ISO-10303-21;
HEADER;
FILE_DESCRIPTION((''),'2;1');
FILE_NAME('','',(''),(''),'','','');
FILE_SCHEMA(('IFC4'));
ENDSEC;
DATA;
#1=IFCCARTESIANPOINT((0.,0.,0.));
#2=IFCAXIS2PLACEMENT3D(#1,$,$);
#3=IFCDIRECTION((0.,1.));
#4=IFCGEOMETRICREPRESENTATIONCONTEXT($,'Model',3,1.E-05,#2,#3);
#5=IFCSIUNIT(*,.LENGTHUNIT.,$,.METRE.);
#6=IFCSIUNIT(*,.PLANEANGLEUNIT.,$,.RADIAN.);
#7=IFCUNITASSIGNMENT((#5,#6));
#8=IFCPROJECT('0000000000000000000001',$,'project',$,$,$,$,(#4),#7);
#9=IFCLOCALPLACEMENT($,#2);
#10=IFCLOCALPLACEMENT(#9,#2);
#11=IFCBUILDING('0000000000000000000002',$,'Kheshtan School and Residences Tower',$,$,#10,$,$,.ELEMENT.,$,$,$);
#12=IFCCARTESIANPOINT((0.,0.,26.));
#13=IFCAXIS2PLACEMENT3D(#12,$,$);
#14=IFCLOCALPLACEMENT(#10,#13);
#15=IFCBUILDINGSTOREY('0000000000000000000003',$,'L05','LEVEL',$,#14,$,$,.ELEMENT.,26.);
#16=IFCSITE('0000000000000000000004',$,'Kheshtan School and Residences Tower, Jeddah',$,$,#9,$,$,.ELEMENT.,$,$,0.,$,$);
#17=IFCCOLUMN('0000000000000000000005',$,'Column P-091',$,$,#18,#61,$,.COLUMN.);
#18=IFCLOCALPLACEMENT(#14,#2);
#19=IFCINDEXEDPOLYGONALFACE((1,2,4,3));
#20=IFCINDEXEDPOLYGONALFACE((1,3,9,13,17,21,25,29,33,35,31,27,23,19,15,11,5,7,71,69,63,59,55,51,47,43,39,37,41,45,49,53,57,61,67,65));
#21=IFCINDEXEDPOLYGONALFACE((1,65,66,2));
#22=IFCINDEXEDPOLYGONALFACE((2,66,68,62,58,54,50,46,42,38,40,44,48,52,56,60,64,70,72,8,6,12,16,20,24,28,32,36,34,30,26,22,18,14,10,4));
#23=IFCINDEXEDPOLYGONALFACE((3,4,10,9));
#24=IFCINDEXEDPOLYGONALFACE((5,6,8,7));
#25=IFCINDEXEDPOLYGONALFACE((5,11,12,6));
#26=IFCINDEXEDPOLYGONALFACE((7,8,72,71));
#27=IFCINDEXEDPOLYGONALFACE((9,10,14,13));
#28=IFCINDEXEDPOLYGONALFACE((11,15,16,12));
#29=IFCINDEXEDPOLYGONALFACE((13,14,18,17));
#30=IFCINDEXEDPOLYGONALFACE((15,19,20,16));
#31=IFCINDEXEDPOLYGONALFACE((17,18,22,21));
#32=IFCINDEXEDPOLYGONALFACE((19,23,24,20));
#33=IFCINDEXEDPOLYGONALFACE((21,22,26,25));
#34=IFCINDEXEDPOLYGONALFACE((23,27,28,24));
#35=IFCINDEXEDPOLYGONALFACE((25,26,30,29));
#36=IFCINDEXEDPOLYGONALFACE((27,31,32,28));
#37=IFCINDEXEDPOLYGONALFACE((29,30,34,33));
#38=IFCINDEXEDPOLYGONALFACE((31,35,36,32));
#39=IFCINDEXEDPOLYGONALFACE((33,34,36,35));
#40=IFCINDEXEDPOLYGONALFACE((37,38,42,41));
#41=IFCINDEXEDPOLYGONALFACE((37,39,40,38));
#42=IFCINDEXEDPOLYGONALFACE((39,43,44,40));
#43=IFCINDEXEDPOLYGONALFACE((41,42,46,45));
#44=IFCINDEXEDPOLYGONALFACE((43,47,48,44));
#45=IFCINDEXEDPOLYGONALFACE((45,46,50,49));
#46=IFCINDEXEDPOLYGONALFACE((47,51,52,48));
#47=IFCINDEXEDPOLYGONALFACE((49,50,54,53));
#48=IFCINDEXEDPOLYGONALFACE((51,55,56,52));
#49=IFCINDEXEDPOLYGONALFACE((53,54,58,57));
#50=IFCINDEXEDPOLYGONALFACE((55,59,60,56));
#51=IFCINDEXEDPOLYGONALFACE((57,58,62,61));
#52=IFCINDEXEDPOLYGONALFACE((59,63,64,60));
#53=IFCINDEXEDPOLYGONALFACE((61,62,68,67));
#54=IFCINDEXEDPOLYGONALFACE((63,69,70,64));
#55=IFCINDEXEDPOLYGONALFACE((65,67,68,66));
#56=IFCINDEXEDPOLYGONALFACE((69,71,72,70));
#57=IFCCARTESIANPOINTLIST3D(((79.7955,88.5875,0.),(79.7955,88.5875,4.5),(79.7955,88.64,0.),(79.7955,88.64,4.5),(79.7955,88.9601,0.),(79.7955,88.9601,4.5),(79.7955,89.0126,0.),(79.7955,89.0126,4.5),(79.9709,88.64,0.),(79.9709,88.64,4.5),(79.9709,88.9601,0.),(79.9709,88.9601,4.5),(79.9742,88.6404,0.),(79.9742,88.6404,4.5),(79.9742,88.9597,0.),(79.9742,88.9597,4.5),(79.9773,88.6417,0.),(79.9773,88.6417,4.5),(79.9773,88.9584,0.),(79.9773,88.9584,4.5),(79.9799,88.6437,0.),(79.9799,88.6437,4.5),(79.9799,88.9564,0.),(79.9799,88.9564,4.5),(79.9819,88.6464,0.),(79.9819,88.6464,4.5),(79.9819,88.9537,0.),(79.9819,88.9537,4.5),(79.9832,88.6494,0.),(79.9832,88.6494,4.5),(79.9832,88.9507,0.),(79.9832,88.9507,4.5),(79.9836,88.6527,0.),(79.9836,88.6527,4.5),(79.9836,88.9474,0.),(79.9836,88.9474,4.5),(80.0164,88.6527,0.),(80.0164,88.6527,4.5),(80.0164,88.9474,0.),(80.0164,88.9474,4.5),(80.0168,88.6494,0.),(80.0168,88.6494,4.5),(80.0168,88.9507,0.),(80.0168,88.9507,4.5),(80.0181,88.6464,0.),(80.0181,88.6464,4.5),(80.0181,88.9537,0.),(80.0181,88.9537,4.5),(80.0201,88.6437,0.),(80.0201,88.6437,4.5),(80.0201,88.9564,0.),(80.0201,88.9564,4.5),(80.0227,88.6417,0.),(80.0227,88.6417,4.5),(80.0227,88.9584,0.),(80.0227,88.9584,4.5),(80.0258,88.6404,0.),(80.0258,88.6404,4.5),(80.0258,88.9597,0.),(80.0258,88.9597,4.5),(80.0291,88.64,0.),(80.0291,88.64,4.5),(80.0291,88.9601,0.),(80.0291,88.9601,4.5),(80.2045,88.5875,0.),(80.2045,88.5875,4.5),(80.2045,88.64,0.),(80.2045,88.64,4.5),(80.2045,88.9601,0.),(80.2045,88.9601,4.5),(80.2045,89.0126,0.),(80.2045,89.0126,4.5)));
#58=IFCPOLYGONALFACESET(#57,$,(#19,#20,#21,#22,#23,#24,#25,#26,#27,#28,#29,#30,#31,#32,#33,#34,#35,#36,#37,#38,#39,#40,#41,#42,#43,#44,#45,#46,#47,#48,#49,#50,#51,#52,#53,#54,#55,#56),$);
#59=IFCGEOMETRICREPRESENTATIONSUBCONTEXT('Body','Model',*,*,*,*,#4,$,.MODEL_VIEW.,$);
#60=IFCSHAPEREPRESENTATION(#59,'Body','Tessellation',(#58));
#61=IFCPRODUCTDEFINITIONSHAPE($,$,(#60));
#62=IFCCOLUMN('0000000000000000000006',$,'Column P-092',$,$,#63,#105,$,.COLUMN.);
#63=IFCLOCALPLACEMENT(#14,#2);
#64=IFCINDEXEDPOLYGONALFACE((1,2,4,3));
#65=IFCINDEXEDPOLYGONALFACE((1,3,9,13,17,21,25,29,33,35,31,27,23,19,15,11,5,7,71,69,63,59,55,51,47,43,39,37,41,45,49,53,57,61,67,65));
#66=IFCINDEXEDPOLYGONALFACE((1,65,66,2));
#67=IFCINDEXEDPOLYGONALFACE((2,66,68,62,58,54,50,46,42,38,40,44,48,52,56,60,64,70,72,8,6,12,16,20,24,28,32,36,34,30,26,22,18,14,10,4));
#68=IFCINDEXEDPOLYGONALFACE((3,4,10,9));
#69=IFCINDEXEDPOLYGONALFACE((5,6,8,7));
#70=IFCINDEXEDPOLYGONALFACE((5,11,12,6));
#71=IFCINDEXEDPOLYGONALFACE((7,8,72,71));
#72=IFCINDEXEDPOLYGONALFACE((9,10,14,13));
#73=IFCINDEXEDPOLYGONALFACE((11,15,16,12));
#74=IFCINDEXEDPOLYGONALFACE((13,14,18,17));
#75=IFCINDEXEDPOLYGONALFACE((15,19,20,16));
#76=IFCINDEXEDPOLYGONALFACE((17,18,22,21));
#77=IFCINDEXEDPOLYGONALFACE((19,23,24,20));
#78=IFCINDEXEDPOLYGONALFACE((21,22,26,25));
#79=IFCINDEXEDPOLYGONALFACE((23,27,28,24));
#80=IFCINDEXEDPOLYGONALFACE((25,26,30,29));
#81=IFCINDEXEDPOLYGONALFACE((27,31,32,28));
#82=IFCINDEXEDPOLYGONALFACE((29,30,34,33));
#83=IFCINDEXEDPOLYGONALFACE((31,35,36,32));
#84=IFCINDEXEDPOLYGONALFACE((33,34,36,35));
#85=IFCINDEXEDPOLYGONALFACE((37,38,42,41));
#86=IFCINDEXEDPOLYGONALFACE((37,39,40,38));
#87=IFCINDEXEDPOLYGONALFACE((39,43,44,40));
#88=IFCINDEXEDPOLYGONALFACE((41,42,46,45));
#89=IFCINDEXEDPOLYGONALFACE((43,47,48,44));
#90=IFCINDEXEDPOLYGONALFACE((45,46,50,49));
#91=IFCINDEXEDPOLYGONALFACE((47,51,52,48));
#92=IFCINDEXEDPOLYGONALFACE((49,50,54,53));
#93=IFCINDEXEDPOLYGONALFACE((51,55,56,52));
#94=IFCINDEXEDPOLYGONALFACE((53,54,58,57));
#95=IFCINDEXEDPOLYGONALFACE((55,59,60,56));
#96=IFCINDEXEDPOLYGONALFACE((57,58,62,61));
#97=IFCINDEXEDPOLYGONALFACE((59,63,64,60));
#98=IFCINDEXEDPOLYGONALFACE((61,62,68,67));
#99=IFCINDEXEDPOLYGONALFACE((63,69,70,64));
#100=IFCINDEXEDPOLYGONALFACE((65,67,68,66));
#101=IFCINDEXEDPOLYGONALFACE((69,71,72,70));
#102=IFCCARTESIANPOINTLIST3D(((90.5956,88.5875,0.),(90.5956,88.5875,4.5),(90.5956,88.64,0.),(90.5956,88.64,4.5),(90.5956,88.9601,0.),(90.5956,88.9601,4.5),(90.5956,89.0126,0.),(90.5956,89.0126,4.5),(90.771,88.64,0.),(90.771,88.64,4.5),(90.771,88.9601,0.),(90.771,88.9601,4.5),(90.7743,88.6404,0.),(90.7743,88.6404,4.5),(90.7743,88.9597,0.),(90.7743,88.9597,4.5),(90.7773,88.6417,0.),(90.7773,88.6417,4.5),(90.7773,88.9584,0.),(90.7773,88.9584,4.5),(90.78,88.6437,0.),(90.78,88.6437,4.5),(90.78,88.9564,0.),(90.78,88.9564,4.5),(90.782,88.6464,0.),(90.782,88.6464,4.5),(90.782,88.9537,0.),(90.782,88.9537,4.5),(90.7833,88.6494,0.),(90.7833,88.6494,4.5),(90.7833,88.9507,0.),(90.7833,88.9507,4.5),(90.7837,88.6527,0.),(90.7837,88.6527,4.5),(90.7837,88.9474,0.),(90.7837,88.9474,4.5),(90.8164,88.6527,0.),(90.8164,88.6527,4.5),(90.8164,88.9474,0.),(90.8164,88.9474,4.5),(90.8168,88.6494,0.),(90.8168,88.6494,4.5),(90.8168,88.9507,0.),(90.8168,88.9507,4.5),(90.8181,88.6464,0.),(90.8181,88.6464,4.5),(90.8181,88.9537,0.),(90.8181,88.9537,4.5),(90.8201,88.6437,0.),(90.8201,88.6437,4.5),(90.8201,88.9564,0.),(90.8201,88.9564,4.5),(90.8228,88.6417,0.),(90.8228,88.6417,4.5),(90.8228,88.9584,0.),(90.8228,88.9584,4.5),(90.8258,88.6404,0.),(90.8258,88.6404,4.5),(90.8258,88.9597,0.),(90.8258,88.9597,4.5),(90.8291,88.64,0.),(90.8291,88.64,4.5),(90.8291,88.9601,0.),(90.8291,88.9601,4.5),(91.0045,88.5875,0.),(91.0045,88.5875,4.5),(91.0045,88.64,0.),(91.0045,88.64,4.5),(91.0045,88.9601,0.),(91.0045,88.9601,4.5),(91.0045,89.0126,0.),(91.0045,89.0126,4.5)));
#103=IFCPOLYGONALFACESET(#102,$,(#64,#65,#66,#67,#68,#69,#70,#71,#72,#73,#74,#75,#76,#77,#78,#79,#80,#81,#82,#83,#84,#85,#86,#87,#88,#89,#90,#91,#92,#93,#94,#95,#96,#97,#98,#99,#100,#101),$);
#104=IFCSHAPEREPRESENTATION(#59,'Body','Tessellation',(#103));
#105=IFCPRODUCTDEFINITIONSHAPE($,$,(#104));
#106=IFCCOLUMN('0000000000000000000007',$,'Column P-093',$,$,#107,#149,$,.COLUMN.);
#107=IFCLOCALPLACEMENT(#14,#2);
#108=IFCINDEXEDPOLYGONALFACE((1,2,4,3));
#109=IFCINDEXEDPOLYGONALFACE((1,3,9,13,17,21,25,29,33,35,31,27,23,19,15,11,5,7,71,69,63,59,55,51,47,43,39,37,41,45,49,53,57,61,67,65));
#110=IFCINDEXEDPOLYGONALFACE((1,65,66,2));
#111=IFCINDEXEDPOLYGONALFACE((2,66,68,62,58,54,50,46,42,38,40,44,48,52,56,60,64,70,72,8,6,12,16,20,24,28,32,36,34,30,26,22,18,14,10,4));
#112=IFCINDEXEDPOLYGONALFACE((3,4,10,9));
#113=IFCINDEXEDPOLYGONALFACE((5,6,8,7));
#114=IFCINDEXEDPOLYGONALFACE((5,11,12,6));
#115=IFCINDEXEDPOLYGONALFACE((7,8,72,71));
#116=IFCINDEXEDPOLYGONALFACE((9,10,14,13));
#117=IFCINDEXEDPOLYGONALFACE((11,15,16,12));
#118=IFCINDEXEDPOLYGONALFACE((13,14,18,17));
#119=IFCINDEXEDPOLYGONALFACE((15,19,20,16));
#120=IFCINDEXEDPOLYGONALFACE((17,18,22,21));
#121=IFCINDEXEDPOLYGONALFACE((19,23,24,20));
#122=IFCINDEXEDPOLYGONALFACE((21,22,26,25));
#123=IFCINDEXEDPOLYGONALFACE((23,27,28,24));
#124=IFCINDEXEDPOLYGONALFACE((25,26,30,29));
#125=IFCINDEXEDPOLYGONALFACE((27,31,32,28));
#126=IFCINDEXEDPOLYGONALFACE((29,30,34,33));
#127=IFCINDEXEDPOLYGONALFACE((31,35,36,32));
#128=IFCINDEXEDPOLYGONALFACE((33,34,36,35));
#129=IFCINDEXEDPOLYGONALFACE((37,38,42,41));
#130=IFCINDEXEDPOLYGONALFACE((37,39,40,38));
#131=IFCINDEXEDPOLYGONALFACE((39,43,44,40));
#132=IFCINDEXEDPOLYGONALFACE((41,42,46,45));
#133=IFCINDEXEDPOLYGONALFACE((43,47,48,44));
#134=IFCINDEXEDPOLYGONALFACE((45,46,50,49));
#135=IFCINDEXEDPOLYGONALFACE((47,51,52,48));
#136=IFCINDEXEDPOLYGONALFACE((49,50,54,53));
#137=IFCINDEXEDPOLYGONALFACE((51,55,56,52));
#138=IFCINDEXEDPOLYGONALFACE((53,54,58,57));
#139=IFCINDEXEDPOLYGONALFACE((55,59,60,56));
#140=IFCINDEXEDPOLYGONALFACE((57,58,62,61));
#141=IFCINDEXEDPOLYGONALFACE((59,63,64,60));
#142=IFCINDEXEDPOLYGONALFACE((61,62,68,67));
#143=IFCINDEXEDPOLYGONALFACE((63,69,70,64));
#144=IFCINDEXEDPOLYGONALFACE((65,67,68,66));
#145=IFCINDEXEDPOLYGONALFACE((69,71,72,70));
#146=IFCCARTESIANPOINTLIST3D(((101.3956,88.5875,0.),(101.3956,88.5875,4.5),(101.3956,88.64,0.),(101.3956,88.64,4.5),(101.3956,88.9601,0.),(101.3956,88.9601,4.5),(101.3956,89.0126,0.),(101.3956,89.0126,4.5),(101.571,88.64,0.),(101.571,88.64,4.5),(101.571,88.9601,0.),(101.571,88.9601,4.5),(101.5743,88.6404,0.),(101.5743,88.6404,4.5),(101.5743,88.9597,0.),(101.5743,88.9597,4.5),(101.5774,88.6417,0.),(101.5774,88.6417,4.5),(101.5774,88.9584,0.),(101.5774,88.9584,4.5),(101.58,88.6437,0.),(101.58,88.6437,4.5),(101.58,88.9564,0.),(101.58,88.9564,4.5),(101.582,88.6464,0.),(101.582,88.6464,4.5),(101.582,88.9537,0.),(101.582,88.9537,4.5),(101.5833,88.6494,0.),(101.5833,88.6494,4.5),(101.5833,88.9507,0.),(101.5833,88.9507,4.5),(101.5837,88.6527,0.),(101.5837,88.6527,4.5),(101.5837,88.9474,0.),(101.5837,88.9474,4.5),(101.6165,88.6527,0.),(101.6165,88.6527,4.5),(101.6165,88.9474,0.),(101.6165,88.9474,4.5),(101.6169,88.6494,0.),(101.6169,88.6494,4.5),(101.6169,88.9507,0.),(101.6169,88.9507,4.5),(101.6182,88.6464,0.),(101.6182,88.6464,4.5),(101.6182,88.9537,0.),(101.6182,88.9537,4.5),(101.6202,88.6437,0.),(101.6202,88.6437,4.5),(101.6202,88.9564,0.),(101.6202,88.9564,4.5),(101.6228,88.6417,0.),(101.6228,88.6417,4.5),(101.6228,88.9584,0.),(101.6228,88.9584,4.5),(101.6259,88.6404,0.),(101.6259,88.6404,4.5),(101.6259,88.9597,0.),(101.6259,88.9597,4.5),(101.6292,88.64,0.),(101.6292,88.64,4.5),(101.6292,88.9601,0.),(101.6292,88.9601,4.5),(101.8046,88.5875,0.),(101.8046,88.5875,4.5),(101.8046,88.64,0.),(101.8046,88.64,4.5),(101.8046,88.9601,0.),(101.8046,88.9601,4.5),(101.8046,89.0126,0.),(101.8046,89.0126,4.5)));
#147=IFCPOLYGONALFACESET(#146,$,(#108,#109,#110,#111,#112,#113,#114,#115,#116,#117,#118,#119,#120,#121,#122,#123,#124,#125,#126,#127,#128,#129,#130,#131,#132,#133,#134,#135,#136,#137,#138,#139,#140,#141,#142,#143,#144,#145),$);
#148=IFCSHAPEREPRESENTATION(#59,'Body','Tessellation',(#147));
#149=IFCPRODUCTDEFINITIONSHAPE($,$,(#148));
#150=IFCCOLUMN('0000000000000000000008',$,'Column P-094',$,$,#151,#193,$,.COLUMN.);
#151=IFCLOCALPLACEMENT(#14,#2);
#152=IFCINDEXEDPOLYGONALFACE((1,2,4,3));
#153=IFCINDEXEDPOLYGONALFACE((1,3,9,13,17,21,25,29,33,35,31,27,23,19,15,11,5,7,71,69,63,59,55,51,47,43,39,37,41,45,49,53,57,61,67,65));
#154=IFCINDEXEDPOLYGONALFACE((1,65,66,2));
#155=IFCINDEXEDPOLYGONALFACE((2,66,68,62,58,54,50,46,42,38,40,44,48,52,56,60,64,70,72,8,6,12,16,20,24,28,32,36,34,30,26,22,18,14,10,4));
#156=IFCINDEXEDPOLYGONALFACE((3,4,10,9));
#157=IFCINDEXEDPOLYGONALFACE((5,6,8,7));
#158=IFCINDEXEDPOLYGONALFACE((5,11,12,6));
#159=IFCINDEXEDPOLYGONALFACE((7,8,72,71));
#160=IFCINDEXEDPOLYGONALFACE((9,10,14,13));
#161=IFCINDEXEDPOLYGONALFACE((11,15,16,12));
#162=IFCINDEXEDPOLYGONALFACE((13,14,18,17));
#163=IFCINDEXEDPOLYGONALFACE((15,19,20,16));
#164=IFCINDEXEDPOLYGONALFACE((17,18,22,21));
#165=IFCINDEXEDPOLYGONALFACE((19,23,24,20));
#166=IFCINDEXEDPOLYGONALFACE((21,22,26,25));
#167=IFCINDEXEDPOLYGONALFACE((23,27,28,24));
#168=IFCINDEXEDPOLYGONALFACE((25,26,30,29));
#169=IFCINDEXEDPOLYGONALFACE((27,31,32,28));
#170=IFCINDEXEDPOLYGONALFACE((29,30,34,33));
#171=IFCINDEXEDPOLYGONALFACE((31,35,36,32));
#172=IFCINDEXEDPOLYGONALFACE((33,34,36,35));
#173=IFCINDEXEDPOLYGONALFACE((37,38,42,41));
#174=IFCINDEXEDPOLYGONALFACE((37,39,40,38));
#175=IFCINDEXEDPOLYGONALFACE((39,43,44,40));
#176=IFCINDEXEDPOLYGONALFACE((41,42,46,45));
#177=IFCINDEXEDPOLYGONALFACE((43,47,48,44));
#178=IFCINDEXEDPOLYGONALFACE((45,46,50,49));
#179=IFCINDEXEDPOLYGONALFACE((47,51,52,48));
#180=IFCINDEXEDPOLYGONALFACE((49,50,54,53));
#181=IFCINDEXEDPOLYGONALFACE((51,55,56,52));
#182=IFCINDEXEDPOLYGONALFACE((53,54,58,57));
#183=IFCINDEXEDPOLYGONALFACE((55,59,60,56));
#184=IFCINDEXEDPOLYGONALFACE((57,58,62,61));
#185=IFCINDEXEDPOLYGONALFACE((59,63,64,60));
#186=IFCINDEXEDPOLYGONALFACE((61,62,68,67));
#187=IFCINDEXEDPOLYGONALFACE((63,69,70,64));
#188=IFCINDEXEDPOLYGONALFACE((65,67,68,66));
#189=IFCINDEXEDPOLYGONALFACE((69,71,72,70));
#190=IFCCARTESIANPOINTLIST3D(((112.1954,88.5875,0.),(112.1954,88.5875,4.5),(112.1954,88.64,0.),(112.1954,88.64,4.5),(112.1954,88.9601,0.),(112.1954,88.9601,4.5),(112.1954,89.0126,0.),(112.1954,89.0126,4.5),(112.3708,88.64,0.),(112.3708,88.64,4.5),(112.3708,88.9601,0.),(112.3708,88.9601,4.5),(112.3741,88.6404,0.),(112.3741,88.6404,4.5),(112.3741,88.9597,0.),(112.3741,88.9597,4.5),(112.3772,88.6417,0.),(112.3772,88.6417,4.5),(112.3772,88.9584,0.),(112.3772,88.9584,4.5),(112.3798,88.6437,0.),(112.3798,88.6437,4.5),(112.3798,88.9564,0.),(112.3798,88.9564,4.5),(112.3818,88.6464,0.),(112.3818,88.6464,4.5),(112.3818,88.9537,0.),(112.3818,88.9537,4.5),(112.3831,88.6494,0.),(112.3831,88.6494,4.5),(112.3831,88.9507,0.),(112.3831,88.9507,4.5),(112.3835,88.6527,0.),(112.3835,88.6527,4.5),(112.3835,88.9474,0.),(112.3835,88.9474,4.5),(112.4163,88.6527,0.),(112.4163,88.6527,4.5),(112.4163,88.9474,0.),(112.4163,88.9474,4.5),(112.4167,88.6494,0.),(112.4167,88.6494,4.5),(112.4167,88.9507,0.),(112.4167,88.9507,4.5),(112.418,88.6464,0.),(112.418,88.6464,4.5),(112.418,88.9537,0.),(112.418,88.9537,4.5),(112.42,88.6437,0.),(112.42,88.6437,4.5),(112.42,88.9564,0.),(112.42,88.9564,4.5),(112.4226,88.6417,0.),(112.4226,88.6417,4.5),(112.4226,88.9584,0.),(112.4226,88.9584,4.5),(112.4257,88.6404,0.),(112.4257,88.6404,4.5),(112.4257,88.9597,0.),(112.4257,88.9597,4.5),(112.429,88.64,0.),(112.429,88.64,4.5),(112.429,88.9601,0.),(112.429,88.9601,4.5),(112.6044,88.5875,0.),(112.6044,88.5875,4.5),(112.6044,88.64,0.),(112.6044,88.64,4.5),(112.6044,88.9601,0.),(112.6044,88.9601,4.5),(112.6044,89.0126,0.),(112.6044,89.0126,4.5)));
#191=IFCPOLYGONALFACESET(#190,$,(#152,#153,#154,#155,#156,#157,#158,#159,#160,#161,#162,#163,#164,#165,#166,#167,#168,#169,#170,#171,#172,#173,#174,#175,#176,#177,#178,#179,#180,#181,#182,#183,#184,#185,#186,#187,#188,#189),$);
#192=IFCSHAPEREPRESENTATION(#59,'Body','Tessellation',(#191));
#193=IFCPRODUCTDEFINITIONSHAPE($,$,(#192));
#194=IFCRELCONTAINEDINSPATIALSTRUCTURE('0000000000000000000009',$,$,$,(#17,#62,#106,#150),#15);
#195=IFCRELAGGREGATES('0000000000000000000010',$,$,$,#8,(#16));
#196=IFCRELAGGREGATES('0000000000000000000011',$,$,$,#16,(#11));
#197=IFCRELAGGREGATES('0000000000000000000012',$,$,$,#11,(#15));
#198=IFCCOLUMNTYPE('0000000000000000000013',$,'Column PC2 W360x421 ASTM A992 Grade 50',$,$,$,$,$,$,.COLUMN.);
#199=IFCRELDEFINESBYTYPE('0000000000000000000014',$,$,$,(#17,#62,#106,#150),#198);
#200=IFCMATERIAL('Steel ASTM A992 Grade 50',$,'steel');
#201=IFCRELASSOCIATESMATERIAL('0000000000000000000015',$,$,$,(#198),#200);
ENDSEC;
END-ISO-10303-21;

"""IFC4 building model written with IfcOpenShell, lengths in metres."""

from ifc_helpers import new_model, si_unit, direction, frame, origin, origin_2d, place, context, subcontext, project, spatial, i_section, extrude, material, material_profile, profile_set, type_object, element, save


model = new_model("IFC4")

# Units and contexts
model_context = context("Model", 3, precision=1e-05, world=origin(), true_north=direction((0.0, 1.0)))
body_context = subcontext(model_context, "Body", "Model", "MODEL_VIEW")
ifc_project = project(units=[si_unit("LENGTHUNIT", "METRE"), si_unit("PLANEANGLEUNIT", "RADIAN")], contexts=[model_context])

# Site, building, storey
site_placement = place(None, origin())
site = spatial("IfcSite", under=ifc_project, at=site_placement, Name="Kheshtan School and Residences Tower, Jeddah", CompositionType="ELEMENT", RefElevation=0.0)
building_placement = place(site_placement, origin())
building = spatial("IfcBuilding", under=site, at=building_placement, Name="Kheshtan School and Residences Tower", CompositionType="ELEMENT")
storey_placement = place(building_placement, frame((0.0, 0.0, 26.0)))
storey = spatial("IfcBuildingStorey", under=building, at=storey_placement, Name="L05", Description="LEVEL", CompositionType="ELEMENT", Elevation=26.0)

# Columns
ifc_material_1 = material(Name="Steel ASTM A992 Grade 50", Category="steel")
ifc_material_profile_1 = material_profile(ifc_material_1, i_section(OverallWidth=0.4089, OverallDepth=0.425, WebThickness=0.0327, FlangeThickness=0.0525, FilletRadius=0.0127, at=origin_2d()), Name="W360x421")
ifc_profile_set_1 = profile_set([ifc_material_profile_1], Name="Steel ASTM A992 Grade 50")
column_type = type_object("IfcColumnType", Name="Column PC2 W360x421 ASTM A992 Grade 50", PredefinedType="COLUMN", material=ifc_profile_set_1)
for number, where, z_axis, x_axis, name in (
    (1, (80.0, 88.8, 0.0), (0.0, 0.0, 1.0), (1.0, 0.0, 0.0), "Column P-091"),
    (2, (90.8, 88.8, 0.0), (0.0, 0.0, 1.0), (1.0, 0.0, 0.0), "Column P-092"),
    (3, (101.6001, 88.8, 0.0), (0.0, 0.0, 1.0), (1.0, 0.0, 0.0), "Column P-093"),
    (4, (112.3999, 88.8, 0.0), (0.0, 0.0, 1.0), (1.0, 0.0, 0.0), "Column P-094"),
):
    element("IfcColumn", number, at=place(storey_placement, frame(where, z_axis=z_axis, x_axis=x_axis)), inside=storey, type_object=column_type, Name=name, PredefinedType="COLUMN", context=body_context, shape_type="SweptSolid", body=[
        extrude(i_section(OverallWidth=0.4089, OverallDepth=0.425, WebThickness=0.0327, FlangeThickness=0.0525, FilletRadius=0.0127, at=origin_2d()), origin(), (0.0, 0.0, 1.0), 4.5),
    ])

save(model, "model.ifc")
